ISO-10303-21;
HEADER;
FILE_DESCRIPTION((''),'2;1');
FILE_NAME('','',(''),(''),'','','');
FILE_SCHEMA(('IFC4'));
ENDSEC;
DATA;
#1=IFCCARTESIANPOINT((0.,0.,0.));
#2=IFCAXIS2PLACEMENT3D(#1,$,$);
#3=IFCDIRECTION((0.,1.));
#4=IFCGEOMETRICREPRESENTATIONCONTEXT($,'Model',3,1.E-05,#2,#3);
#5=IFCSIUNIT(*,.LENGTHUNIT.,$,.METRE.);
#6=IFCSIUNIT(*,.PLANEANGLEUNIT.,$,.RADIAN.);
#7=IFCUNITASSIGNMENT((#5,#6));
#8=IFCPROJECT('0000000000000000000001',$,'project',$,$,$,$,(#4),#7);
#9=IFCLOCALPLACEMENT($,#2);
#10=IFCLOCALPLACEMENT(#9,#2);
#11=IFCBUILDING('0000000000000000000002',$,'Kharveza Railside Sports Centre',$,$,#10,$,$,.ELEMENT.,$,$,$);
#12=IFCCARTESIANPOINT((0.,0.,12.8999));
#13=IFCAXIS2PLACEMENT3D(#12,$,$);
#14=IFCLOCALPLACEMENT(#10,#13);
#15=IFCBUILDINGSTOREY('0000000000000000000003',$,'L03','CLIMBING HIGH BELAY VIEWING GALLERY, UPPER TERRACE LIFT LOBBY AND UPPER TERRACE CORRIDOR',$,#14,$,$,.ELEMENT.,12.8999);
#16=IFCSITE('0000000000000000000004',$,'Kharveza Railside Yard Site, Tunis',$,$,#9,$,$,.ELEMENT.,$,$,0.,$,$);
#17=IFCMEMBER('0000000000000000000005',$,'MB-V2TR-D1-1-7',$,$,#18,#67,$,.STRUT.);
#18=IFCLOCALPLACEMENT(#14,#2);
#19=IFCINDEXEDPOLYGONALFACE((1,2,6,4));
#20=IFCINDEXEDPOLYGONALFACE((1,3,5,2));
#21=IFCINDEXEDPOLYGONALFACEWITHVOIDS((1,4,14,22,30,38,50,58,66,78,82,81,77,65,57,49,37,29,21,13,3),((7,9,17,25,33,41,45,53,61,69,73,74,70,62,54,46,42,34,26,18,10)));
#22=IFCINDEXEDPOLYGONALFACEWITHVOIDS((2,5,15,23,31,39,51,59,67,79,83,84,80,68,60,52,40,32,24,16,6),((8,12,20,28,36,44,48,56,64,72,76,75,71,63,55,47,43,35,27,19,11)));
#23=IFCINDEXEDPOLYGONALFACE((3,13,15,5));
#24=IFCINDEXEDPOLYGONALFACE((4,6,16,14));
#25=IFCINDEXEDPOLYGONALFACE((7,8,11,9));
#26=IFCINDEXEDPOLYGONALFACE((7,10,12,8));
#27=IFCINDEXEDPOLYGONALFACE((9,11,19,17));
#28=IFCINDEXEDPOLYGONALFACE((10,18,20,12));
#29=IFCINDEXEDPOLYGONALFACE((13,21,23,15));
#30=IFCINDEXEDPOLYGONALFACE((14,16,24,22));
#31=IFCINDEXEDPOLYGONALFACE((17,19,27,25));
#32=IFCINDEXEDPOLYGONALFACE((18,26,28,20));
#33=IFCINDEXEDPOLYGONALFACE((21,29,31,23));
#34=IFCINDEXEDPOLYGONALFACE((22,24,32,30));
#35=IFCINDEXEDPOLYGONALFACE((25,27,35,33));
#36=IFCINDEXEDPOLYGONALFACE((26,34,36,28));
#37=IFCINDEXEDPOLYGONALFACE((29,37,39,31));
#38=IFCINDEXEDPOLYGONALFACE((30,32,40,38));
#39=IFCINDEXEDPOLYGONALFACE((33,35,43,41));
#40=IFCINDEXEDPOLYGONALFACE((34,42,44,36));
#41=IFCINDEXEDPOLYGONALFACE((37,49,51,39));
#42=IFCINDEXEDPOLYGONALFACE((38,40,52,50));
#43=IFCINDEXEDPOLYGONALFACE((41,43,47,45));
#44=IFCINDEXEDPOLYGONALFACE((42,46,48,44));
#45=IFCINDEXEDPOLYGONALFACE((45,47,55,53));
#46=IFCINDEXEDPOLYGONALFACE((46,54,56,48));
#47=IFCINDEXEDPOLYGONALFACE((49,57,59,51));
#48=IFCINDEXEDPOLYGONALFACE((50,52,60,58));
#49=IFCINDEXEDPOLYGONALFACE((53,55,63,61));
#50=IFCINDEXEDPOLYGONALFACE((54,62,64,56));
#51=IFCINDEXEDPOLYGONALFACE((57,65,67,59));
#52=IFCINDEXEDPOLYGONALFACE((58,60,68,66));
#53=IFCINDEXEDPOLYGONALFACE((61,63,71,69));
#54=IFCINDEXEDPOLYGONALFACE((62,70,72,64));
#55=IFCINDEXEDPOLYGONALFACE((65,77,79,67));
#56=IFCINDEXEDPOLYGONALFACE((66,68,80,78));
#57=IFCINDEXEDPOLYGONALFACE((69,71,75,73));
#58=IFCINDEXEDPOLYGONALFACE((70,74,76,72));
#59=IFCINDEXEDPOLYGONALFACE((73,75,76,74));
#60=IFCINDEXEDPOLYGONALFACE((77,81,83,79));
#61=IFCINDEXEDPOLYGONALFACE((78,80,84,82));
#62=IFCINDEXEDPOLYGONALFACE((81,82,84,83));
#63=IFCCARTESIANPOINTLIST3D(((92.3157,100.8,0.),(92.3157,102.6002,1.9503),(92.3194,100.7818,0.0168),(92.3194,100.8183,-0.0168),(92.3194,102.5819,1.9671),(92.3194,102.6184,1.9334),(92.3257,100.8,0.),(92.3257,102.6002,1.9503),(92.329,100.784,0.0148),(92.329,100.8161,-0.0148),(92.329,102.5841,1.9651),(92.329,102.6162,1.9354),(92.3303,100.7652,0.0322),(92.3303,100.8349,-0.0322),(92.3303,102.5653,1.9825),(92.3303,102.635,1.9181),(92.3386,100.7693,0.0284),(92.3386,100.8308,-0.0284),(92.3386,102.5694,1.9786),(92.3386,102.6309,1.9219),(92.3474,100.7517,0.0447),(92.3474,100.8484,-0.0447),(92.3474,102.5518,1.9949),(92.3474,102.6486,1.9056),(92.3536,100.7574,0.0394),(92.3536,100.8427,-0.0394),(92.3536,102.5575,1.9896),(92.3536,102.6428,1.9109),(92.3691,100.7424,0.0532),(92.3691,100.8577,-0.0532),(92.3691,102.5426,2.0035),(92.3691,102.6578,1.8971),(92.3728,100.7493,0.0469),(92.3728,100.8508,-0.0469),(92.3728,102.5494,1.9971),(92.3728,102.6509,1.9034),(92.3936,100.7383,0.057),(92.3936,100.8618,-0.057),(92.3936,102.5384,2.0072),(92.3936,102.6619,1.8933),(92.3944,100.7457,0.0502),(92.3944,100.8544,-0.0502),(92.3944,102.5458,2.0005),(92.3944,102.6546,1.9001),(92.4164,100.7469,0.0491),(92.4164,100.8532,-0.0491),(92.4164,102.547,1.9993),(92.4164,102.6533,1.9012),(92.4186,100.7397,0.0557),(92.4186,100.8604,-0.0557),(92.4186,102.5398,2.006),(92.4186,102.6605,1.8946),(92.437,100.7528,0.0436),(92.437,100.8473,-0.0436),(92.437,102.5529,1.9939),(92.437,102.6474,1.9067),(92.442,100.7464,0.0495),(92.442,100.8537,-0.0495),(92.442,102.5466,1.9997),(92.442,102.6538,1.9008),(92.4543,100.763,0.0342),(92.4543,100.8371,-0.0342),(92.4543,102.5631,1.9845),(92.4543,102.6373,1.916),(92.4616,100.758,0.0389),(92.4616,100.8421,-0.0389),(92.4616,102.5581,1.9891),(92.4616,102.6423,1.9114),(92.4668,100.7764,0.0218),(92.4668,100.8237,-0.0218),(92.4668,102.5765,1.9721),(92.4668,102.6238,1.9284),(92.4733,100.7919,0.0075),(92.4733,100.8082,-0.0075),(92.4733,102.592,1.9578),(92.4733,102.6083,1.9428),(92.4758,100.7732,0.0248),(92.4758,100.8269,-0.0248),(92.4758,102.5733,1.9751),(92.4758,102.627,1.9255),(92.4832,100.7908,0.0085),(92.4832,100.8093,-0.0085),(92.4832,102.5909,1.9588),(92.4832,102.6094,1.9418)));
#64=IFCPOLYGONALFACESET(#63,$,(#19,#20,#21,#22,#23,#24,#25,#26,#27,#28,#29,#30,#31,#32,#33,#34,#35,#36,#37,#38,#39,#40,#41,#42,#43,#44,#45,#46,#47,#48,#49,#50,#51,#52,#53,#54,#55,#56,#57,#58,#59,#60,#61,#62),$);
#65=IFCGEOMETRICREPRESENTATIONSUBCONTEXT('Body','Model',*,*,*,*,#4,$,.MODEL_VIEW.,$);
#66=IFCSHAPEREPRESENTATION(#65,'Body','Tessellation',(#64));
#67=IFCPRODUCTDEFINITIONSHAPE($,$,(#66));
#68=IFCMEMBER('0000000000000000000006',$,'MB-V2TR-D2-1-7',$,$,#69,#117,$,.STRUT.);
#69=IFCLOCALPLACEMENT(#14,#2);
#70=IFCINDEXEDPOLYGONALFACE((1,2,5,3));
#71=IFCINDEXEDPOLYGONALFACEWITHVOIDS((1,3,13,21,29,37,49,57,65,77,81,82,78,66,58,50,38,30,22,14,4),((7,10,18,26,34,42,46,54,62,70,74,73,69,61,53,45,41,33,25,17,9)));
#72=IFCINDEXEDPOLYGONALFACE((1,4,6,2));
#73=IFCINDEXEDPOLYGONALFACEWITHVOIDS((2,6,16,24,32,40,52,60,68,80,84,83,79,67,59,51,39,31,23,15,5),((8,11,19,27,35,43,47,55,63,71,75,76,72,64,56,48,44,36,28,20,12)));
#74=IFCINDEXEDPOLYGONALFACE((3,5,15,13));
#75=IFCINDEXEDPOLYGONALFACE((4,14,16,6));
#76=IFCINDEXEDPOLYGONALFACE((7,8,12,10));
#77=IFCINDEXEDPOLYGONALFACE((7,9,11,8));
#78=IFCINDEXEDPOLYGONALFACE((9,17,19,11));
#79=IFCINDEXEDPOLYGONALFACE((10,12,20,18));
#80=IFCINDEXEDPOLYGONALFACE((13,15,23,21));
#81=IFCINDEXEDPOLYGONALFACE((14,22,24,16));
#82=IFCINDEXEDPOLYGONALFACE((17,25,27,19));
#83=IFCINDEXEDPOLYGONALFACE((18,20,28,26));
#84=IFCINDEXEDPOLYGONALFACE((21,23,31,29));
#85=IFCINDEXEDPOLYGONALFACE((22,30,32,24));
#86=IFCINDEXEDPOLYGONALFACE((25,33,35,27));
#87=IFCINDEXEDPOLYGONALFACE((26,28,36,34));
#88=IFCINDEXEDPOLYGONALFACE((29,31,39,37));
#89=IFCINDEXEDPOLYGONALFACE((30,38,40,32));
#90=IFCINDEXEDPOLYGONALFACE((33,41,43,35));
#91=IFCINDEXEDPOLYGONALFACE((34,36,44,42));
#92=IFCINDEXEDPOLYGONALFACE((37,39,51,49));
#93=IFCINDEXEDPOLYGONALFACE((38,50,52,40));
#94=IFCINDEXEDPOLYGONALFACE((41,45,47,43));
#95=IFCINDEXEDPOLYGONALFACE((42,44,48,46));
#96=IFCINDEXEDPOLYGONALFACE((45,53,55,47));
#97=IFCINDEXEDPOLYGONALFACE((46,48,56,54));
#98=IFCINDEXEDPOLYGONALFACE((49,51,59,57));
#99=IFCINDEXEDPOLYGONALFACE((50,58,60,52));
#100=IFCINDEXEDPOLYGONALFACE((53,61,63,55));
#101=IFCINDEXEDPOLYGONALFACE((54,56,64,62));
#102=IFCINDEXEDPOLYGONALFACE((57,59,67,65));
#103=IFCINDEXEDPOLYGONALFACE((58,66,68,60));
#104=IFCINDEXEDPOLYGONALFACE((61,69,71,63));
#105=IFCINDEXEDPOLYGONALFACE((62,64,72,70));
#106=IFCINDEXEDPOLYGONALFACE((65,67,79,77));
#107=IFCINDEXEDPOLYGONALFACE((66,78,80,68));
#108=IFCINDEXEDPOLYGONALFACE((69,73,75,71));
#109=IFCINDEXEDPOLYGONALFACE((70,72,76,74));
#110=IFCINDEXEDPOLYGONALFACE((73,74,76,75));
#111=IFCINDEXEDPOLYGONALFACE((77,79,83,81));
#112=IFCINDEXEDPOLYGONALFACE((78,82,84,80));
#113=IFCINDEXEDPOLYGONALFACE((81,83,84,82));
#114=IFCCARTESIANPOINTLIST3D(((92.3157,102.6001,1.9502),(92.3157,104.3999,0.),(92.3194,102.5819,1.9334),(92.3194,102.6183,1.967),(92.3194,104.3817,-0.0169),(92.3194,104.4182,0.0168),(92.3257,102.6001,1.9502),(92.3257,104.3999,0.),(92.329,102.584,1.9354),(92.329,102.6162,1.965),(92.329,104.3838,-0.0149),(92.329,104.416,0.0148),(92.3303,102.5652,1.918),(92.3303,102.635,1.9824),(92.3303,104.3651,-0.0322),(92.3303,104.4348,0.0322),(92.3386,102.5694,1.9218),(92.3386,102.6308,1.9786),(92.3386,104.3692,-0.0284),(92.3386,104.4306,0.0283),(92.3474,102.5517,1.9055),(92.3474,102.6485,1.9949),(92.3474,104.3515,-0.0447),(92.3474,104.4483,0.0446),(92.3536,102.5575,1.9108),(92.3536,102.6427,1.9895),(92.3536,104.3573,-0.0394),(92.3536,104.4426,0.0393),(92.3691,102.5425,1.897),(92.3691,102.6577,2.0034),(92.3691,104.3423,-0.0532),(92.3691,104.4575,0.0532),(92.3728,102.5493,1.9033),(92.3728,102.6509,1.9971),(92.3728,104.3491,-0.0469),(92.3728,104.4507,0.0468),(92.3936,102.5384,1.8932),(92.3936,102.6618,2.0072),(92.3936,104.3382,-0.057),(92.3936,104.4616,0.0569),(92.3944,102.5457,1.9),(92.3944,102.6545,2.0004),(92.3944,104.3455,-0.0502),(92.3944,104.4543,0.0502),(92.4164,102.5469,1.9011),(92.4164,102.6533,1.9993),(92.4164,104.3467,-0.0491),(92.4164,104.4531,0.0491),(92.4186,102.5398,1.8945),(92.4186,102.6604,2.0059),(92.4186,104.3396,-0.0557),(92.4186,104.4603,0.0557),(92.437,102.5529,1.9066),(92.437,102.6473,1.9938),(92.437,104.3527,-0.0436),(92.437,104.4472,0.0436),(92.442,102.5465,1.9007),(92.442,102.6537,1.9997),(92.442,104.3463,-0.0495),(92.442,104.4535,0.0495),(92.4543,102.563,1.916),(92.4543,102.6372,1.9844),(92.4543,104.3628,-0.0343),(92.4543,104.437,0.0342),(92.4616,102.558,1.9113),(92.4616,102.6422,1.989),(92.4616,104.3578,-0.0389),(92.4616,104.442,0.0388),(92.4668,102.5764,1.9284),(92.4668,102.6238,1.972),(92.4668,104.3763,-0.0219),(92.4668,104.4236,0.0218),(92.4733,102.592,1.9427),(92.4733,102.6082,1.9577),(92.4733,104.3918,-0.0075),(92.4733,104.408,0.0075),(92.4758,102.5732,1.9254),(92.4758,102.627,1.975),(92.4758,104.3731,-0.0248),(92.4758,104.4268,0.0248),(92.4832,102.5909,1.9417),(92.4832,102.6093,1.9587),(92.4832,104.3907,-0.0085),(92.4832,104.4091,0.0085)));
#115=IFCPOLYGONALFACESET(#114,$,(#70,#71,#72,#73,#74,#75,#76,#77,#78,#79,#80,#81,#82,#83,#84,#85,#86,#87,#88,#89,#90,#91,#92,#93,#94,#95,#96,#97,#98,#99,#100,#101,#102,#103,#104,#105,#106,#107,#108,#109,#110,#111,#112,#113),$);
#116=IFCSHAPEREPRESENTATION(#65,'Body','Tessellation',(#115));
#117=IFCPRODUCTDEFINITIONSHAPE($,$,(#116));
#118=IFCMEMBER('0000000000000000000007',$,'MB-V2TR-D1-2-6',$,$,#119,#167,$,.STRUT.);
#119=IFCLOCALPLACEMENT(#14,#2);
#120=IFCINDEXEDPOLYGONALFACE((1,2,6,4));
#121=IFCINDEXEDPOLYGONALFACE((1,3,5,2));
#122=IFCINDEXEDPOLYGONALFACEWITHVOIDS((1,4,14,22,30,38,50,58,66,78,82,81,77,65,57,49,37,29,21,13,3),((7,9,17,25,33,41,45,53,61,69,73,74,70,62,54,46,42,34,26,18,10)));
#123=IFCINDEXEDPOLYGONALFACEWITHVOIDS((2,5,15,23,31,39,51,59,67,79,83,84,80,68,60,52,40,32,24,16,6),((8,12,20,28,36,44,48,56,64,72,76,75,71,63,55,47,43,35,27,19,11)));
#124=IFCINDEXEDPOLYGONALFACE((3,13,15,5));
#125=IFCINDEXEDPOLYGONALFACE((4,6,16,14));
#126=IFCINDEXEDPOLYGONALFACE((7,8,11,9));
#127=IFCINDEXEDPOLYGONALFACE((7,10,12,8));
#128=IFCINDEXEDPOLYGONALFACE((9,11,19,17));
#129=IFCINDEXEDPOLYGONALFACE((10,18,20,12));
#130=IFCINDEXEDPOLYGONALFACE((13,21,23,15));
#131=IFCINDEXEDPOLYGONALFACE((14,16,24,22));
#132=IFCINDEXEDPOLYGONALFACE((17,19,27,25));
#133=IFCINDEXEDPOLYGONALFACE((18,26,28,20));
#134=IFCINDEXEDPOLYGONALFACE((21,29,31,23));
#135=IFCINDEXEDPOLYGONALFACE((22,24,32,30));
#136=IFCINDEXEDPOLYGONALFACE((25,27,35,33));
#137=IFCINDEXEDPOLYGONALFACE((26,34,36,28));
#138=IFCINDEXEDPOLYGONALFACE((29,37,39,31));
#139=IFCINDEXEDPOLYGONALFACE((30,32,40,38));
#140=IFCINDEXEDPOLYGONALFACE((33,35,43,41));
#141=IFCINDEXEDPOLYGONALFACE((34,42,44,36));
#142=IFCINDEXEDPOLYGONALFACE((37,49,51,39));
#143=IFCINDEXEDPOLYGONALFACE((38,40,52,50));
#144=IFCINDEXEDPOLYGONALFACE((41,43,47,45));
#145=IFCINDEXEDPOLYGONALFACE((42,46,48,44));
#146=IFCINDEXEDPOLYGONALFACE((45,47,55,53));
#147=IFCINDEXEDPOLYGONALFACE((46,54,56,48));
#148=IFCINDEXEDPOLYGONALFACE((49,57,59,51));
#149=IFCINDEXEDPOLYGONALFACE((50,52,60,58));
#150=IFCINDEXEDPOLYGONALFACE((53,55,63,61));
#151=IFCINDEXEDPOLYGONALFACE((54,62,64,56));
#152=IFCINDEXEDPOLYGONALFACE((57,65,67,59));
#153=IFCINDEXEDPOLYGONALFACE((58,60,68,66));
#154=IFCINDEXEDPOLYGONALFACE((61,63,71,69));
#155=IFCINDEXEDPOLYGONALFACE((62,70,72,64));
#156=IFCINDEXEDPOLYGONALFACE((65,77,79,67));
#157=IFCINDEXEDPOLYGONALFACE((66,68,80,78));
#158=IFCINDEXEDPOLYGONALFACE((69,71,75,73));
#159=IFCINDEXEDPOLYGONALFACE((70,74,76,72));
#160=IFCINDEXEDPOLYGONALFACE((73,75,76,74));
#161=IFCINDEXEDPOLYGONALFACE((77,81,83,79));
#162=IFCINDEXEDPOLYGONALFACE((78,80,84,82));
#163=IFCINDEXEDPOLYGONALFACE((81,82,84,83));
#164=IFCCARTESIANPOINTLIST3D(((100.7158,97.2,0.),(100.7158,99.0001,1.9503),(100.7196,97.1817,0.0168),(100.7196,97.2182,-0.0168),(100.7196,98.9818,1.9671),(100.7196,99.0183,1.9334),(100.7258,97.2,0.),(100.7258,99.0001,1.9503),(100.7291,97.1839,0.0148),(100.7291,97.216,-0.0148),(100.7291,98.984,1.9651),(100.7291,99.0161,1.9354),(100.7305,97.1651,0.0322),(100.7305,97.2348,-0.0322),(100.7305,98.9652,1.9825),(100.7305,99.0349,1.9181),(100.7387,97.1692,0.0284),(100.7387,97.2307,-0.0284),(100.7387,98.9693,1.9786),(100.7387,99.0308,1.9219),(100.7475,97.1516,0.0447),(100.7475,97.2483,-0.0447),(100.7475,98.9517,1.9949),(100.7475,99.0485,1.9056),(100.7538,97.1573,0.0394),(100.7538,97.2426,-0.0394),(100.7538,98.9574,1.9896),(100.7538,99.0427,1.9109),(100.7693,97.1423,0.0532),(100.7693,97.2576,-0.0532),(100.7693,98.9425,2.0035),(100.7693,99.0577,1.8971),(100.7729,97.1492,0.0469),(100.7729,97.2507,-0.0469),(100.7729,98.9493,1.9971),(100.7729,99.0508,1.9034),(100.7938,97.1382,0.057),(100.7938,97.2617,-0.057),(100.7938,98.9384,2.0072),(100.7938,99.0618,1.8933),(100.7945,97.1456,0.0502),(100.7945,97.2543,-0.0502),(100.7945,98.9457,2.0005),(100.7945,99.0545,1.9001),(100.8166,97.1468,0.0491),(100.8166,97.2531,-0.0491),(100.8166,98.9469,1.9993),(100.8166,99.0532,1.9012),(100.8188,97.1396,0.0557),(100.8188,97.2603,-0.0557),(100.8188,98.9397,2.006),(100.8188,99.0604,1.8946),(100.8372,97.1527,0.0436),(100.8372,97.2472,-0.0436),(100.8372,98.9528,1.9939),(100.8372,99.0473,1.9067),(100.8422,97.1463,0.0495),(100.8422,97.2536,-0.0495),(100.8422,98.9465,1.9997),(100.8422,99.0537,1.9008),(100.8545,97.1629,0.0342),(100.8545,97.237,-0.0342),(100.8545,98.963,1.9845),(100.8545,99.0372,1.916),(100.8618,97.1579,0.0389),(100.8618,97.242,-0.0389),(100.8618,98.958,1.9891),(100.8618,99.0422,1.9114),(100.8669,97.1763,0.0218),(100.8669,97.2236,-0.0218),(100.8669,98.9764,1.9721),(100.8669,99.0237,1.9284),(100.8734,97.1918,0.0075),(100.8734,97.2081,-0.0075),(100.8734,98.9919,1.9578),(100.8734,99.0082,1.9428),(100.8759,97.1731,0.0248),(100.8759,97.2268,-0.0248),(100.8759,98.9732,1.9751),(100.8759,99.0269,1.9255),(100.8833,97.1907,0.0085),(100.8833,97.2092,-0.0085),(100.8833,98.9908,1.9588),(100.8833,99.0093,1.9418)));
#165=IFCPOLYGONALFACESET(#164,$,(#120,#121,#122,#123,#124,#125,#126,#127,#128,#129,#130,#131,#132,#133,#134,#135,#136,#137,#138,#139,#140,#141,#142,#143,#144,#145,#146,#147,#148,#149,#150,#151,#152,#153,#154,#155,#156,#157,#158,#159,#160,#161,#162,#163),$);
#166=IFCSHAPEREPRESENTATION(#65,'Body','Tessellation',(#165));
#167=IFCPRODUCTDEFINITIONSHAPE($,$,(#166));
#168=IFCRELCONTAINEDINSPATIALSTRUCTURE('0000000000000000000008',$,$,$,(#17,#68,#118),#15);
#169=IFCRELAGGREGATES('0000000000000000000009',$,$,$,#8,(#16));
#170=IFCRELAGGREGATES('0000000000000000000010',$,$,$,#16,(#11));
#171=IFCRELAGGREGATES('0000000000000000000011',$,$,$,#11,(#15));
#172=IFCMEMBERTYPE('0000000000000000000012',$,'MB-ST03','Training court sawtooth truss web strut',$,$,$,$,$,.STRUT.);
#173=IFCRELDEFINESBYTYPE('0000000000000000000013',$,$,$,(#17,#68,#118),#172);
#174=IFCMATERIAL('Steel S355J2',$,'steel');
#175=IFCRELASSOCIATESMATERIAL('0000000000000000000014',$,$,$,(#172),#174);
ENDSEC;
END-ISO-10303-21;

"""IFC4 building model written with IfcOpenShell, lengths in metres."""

from ifc_helpers import new_model, si_unit, direction, frame, origin, origin_2d, place, context, subcontext, project, spatial, hollow_circle, extrude, material, material_profile, profile_set, type_object, element, save


model = new_model("IFC4")

# Units and contexts
model_context = context("Model", 3, precision=1e-05, world=origin(), true_north=direction((0.0, 1.0)))
body_context = subcontext(model_context, "Body", "Model", "MODEL_VIEW")
ifc_project = project(units=[si_unit("LENGTHUNIT", "METRE"), si_unit("PLANEANGLEUNIT", "RADIAN")], contexts=[model_context])

# Site, building, storey
site_placement = place(None, origin())
site = spatial("IfcSite", under=ifc_project, at=site_placement, Name="Kharveza Railside Yard Site, Tunis", CompositionType="ELEMENT", RefElevation=0.0)
building_placement = place(site_placement, origin())
building = spatial("IfcBuilding", under=site, at=building_placement, Name="Kharveza Railside Sports Centre", CompositionType="ELEMENT")
storey_placement = place(building_placement, frame((0.0, 0.0, 12.8999)))
storey = spatial("IfcBuildingStorey", under=building, at=storey_placement, Name="L03", Description="CLIMBING HIGH BELAY VIEWING GALLERY, UPPER TERRACE LIFT LOBBY AND UPPER TERRACE CORRIDOR", CompositionType="ELEMENT", Elevation=12.8999)

# Shared definitions
ifc_material_1 = material(Name="Steel S355J2", Category="steel")

# Members
ifc_material_profile_1 = material_profile(ifc_material_1, hollow_circle(Radius=0.0842, WallThickness=0.01, at=origin_2d()), Name="CHS 168.3x10.0")
ifc_profile_set_1 = profile_set([ifc_material_profile_1], Name="Steel S355J2")
member_type_1 = type_object("IfcMemberType", Name="MB-ST03", Description="Training court sawtooth truss web strut", PredefinedType="STRUT", material=ifc_profile_set_1)
for number, where, z_axis, x_axis, name in (
    (1, (92.3999, 100.8, 0.0), (0.0, 0.678253, 0.734828), (-1.0, 0.0, 0.0), "MB-V2TR-D1-1-7"),
):
    element("IfcMember", number, at=place(storey_placement, frame(where, z_axis=z_axis, x_axis=x_axis)), inside=storey, type_object=member_type_1, Name=name, PredefinedType="STRUT", context=body_context, shape_type="SweptSolid", body=[
        extrude(hollow_circle(Radius=0.0842, WallThickness=0.01, at=origin_2d()), origin(), (0.0, 0.0, 1.0), 2.6541),
    ])
member_1_placement = place(storey_placement, frame((92.3999, 102.6001, 1.9502), z_axis=(0.0, 0.678204, -0.734874), x_axis=(-1.0, 0.0, 0.0)))
element("IfcMember", 2, at=member_1_placement, inside=storey, type_object=member_type_1, Name="MB-V2TR-D2-1-7", PredefinedType="STRUT", context=body_context, shape_type="SweptSolid", body=[
    extrude(hollow_circle(Radius=0.0842, WallThickness=0.01, at=origin_2d()), origin(), (0.0, 0.0, 1.0), 2.6538),
])
for number, where, z_axis, x_axis, name in (
    (3, (100.8, 97.2, 0.0), (0.0, 0.678253, 0.734828), (-1.0, 0.0, 0.0), "MB-V2TR-D1-2-6"),
):
    element("IfcMember", number, at=place(storey_placement, frame(where, z_axis=z_axis, x_axis=x_axis)), inside=storey, type_object=member_type_1, Name=name, PredefinedType="STRUT", context=body_context, shape_type="SweptSolid", body=[
        extrude(hollow_circle(Radius=0.0842, WallThickness=0.01, at=origin_2d()), origin(), (0.0, 0.0, 1.0), 2.6541),
    ])

save(model, "model.ifc")
